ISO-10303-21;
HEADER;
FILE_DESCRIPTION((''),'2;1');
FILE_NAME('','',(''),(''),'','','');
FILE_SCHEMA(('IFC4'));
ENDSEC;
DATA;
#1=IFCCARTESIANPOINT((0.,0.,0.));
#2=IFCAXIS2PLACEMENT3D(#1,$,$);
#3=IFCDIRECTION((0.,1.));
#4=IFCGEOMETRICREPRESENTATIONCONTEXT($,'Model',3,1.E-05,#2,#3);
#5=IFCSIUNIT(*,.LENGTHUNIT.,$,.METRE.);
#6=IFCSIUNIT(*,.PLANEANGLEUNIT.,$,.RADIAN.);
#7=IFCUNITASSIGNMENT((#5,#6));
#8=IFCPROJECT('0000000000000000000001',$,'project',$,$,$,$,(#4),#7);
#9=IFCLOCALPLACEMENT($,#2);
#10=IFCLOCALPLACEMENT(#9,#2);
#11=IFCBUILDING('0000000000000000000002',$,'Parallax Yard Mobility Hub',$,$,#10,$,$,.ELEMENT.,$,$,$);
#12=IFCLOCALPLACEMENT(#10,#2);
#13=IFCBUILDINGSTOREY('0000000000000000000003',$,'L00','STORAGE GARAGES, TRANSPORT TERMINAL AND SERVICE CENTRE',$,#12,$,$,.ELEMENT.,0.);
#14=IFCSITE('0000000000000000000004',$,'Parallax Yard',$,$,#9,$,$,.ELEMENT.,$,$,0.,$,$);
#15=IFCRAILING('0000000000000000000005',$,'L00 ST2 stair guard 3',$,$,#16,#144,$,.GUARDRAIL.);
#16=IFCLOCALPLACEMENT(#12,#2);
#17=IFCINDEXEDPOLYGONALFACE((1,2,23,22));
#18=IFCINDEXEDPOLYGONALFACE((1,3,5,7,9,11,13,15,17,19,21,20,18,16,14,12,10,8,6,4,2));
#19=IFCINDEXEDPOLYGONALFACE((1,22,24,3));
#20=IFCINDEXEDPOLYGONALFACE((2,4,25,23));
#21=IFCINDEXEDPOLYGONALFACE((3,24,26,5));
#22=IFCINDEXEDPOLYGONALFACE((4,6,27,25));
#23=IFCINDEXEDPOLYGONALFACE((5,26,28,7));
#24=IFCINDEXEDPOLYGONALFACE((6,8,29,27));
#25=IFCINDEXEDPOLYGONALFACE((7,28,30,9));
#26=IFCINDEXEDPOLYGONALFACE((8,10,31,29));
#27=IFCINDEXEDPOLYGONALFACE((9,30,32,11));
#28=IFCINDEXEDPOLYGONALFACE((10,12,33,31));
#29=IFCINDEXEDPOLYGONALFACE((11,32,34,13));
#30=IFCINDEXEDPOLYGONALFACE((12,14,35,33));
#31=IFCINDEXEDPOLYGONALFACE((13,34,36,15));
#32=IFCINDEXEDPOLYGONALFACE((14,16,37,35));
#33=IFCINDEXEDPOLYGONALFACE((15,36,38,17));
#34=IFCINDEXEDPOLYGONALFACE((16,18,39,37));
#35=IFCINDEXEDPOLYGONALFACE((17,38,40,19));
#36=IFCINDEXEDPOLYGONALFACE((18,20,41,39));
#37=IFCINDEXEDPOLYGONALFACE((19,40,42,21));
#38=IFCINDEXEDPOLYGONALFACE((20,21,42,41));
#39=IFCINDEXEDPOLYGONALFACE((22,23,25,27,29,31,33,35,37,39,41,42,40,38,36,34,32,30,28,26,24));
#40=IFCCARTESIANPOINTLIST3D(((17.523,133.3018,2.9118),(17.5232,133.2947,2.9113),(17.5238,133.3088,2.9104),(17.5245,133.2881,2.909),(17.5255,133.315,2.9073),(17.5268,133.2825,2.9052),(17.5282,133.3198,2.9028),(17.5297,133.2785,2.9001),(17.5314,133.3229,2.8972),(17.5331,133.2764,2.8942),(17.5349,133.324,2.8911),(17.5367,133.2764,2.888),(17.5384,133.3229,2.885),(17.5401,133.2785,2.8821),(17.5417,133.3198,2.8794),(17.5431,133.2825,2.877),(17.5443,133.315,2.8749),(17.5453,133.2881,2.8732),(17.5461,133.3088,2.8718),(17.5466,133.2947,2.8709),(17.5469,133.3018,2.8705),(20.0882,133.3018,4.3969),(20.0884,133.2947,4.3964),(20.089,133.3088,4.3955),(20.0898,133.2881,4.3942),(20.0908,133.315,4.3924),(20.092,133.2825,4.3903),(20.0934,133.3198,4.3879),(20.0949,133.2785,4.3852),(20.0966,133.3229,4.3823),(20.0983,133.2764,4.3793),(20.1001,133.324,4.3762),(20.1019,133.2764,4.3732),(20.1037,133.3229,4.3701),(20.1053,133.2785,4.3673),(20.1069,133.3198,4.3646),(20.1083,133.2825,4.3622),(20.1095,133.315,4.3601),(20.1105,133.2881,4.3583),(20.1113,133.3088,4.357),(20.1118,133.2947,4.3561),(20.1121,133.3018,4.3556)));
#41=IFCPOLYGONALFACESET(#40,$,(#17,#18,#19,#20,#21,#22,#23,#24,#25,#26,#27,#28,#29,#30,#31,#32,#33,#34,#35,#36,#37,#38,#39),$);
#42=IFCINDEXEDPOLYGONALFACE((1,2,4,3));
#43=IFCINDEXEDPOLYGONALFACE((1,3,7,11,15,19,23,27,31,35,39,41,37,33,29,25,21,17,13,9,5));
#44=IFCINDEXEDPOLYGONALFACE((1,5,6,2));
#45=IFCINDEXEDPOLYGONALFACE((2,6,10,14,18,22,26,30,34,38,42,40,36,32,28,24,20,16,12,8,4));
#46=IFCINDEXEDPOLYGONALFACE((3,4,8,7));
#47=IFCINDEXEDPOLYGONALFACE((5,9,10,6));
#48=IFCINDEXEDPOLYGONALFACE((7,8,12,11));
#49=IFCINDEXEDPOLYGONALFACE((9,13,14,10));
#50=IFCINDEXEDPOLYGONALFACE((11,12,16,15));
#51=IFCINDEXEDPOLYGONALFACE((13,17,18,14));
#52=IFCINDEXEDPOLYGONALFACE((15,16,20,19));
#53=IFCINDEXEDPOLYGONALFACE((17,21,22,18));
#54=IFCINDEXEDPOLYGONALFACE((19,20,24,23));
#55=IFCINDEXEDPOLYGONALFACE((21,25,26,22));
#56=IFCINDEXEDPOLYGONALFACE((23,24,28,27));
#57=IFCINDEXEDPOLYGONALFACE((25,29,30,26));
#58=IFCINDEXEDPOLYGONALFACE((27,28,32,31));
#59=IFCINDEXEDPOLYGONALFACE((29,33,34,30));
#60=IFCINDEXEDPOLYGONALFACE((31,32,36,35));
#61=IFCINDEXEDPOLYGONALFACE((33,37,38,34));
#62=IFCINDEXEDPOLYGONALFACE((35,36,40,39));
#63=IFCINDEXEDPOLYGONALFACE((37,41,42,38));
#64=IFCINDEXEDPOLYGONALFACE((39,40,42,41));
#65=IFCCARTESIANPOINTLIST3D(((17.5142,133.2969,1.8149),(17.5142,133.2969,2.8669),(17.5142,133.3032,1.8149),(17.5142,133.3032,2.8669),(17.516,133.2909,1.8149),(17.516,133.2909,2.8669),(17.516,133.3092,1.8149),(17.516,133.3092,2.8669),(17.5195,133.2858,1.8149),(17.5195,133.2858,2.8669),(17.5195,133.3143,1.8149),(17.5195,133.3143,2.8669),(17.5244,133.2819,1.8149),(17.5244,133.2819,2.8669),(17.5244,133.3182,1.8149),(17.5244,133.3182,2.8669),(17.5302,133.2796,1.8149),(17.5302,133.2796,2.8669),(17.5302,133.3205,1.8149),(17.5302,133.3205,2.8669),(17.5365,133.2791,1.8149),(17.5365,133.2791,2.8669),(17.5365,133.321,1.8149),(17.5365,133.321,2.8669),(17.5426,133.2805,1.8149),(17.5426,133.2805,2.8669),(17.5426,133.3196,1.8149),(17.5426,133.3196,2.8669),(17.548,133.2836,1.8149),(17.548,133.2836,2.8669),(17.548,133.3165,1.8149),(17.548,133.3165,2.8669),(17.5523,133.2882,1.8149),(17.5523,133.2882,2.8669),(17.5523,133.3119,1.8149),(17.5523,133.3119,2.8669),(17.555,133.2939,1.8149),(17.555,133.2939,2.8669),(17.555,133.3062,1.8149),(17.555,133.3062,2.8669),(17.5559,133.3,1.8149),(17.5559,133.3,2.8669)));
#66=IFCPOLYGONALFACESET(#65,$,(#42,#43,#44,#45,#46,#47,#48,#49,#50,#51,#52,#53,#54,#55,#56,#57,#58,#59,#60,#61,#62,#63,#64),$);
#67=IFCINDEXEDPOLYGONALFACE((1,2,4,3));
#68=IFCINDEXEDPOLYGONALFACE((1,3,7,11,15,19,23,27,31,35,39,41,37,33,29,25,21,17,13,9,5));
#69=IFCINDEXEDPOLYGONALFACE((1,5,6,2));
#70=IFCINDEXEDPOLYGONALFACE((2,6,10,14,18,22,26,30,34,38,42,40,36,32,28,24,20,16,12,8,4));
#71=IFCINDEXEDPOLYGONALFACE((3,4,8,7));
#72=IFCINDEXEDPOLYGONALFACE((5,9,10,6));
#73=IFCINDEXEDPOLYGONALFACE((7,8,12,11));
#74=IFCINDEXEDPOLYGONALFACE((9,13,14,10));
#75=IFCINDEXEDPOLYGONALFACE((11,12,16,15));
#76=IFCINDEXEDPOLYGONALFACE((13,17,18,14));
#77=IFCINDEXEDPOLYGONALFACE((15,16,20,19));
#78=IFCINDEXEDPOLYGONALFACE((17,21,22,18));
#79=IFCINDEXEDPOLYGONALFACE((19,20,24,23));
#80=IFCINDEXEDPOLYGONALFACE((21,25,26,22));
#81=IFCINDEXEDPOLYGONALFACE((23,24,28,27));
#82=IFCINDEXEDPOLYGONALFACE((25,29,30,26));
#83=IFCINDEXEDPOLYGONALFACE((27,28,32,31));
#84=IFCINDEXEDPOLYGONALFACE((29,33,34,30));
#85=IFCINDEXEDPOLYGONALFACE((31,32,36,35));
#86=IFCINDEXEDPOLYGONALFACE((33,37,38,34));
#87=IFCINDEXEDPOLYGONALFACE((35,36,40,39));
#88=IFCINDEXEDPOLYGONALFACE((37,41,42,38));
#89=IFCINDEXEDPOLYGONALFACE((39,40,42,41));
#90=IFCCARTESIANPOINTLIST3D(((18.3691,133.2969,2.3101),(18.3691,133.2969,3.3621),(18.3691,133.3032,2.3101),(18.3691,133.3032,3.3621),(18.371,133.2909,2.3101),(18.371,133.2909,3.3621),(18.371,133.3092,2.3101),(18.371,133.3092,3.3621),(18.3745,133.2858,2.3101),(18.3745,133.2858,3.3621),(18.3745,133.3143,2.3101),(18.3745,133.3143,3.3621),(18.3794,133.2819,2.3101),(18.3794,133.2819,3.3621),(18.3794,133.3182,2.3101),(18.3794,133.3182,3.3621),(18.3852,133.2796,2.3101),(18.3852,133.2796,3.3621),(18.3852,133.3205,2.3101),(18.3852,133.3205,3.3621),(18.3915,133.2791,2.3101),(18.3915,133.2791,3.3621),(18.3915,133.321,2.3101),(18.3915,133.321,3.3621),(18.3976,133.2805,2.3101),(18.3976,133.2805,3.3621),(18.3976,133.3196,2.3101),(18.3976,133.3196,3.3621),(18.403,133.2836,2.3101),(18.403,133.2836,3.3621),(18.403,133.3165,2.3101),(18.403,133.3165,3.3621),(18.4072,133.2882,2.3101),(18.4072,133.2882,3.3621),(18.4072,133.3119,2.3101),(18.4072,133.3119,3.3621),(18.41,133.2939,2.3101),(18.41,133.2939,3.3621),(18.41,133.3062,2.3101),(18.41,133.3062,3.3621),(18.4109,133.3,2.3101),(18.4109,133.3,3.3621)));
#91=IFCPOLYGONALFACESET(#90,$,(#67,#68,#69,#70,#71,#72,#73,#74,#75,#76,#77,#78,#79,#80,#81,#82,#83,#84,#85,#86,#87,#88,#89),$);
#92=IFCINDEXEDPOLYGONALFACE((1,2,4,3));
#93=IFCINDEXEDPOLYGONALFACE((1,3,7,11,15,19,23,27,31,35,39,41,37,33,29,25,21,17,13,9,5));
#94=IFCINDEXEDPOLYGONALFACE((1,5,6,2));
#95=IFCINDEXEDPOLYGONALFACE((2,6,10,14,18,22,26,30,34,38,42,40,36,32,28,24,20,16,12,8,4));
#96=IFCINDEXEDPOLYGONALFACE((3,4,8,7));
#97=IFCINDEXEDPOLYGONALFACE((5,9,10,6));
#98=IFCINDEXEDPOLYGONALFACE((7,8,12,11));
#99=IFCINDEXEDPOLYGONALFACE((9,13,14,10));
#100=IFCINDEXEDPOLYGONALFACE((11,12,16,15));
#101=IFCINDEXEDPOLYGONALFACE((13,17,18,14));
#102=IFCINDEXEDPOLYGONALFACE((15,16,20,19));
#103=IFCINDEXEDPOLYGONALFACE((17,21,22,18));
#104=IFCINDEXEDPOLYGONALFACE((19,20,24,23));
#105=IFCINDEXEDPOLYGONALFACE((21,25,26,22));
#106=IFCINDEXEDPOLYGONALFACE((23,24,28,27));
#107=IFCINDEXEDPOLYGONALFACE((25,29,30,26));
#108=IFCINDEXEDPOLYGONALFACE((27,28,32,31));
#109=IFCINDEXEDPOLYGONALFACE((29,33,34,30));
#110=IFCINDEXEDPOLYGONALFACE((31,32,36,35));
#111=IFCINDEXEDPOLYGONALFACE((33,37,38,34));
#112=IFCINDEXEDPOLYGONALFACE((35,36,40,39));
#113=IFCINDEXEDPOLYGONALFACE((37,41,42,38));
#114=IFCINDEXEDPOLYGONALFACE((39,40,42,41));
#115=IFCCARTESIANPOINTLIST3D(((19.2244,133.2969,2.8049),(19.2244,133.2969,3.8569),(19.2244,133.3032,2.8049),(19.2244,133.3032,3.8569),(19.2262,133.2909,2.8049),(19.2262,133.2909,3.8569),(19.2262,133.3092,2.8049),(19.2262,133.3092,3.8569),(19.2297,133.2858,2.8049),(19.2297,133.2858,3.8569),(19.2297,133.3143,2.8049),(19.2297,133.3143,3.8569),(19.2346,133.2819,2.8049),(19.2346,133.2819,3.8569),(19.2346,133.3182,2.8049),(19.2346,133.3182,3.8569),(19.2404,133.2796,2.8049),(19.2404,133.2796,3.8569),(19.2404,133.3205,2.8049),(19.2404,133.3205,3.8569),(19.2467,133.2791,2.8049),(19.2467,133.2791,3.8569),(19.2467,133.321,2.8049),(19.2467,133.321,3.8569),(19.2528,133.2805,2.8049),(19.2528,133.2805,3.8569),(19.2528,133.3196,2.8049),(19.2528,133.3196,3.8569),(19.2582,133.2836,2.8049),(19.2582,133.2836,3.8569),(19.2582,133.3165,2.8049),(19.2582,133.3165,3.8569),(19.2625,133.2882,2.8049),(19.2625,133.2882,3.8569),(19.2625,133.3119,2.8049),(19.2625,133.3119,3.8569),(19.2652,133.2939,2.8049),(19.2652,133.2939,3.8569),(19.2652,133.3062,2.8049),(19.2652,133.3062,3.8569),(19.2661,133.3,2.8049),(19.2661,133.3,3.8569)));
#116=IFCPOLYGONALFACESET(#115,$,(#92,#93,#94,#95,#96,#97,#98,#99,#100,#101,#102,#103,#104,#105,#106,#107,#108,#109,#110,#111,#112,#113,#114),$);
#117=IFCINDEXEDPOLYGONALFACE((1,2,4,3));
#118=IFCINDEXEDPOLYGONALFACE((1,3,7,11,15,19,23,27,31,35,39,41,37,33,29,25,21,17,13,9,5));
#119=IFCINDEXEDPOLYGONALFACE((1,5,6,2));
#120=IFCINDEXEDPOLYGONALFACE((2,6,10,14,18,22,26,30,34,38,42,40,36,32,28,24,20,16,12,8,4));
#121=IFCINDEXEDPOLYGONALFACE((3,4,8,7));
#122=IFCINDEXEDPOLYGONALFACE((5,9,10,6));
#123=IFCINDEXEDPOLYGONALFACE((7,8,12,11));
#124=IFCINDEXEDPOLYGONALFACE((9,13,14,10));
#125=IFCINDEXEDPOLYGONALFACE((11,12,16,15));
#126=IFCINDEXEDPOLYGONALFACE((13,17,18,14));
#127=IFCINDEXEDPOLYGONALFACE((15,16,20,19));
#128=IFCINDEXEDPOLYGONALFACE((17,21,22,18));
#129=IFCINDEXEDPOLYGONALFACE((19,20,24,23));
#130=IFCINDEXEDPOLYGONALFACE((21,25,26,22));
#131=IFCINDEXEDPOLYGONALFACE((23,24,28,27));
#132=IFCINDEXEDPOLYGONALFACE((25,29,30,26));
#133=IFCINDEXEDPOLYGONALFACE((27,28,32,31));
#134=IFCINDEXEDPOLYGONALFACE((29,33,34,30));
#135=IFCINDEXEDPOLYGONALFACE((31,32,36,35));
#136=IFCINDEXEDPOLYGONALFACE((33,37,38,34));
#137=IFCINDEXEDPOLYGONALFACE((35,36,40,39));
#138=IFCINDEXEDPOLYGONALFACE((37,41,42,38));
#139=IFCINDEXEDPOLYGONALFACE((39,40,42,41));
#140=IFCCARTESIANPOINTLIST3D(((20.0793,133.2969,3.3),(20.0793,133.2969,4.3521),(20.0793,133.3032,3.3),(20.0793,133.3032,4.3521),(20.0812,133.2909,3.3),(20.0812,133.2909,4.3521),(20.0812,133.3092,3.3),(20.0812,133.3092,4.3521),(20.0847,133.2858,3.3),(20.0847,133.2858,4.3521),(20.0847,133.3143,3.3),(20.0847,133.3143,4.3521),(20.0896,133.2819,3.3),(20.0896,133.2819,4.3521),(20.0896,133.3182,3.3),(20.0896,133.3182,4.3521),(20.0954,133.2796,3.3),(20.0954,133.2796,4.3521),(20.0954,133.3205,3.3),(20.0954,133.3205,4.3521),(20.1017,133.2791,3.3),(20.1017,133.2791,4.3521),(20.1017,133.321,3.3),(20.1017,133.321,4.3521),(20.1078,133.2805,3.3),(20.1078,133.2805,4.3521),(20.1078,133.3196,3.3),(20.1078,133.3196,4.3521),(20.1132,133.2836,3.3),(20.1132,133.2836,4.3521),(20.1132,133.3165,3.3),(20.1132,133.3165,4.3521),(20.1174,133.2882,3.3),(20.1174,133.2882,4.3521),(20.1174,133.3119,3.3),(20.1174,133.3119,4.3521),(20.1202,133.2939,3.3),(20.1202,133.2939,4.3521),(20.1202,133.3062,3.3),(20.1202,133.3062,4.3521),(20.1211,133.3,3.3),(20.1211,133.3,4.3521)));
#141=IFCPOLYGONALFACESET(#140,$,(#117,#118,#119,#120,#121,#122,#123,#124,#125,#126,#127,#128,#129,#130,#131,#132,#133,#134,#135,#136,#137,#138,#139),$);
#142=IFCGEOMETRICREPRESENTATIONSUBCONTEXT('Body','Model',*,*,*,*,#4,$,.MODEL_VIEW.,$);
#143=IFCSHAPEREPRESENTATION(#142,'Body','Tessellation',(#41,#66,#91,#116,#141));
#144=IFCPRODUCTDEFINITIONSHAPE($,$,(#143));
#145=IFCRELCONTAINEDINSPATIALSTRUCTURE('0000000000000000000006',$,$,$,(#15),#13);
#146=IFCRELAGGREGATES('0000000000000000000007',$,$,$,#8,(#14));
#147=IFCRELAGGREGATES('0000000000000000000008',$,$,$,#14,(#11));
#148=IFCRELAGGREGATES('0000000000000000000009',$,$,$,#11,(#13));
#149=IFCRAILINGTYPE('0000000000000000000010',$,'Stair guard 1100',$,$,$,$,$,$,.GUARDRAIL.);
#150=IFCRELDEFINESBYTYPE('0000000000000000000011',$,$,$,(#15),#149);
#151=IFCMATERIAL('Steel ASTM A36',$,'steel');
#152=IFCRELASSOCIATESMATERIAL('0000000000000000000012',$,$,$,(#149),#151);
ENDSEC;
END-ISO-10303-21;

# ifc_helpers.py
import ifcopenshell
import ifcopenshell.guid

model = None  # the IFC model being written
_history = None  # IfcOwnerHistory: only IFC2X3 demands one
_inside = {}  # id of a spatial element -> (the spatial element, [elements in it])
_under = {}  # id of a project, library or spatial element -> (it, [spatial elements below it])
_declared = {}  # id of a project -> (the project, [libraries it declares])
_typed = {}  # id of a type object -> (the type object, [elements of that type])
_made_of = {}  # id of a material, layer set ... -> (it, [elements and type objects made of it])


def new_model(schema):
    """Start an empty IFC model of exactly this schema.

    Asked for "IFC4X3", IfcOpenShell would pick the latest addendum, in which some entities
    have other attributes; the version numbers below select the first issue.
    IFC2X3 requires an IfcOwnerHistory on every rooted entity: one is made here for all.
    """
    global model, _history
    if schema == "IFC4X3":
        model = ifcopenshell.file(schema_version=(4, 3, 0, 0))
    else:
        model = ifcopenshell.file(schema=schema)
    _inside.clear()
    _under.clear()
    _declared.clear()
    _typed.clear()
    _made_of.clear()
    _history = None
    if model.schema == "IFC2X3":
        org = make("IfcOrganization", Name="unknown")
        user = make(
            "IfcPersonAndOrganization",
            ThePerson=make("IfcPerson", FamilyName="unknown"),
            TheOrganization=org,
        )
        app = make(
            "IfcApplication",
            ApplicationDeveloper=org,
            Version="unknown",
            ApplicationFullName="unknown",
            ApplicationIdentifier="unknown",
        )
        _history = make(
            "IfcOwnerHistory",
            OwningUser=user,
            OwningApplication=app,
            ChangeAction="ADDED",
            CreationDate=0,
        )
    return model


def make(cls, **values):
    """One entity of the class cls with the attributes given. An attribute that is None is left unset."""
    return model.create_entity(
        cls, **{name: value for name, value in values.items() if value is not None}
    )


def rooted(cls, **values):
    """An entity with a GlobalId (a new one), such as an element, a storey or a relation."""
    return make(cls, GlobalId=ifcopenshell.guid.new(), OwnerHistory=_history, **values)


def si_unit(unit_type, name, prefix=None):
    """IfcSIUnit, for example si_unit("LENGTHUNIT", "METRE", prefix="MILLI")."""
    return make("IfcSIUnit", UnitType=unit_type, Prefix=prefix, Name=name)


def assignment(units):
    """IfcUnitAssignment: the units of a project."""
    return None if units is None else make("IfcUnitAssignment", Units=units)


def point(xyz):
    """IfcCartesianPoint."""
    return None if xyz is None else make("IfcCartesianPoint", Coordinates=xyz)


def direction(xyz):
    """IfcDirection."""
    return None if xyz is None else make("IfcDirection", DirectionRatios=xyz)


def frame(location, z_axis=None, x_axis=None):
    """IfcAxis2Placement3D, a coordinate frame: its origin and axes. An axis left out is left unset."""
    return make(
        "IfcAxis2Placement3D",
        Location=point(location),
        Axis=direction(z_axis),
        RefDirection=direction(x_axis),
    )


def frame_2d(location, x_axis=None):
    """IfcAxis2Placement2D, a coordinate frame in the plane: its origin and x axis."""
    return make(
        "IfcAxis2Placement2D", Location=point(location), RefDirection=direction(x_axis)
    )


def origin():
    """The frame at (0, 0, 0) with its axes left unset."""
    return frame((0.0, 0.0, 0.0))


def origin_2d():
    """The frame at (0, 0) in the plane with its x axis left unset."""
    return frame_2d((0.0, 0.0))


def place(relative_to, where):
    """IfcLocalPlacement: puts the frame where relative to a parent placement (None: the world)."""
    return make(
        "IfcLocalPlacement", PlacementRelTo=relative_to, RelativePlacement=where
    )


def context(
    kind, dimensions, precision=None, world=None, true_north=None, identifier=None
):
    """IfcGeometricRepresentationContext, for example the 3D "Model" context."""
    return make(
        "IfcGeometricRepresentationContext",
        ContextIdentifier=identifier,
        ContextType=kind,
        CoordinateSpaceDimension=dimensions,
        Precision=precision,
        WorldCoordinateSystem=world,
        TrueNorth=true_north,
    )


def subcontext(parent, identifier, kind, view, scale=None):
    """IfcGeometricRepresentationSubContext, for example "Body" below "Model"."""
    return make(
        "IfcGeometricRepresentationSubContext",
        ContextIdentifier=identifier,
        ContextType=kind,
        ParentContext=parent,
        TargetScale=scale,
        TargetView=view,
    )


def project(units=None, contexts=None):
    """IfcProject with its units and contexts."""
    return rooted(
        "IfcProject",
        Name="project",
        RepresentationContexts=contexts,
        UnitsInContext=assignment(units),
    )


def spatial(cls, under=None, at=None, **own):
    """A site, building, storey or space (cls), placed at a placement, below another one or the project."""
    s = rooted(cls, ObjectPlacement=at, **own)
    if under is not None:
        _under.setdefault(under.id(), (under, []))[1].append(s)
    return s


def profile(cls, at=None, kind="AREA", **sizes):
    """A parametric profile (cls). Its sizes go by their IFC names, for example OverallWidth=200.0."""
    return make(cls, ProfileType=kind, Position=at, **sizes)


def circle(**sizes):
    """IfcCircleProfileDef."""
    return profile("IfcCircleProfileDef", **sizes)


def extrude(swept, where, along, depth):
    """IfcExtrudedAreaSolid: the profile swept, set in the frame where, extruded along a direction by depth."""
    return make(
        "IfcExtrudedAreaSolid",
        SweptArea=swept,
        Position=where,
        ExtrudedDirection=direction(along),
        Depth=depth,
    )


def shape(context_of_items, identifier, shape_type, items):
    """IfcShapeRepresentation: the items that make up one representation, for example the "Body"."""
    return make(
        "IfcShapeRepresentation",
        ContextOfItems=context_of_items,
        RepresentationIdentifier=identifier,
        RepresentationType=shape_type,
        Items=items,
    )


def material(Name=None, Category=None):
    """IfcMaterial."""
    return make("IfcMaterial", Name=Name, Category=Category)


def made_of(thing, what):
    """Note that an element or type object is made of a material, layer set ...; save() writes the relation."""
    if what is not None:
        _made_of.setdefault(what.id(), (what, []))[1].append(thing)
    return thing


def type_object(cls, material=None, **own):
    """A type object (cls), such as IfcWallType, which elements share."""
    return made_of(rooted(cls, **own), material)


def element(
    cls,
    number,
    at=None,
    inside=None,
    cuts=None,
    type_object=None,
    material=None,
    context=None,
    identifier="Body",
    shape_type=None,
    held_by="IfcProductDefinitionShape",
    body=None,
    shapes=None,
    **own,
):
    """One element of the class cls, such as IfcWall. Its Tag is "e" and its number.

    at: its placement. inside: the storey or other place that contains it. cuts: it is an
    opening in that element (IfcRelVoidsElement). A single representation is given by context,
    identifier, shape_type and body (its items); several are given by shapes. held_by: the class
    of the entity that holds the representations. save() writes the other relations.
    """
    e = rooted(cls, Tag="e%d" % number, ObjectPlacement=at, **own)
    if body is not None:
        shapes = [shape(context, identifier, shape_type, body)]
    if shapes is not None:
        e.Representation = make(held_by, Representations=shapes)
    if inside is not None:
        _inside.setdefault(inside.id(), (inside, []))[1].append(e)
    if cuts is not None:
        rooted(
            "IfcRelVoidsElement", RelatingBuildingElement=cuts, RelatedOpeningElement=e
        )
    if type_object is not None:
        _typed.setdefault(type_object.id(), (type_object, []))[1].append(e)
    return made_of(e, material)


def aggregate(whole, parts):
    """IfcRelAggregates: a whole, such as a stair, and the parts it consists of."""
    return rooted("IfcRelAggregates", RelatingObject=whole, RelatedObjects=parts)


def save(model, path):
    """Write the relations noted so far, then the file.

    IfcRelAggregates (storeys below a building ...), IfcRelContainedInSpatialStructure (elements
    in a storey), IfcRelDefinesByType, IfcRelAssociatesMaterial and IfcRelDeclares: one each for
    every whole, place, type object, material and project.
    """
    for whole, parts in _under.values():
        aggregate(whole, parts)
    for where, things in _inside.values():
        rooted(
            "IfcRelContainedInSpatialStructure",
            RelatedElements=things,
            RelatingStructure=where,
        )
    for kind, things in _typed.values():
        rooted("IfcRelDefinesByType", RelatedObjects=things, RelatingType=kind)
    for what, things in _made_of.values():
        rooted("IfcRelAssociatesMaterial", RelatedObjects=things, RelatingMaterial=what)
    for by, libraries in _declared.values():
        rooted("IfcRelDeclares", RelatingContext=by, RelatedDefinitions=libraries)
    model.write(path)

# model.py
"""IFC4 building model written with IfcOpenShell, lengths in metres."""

from ifc_helpers import new_model, si_unit, direction, frame, origin, origin_2d, place, context, subcontext, project, spatial, circle, extrude, material, type_object, element, save


model = new_model("IFC4")

# Units and contexts
model_context = context("Model", 3, precision=1e-05, world=origin(), true_north=direction((0.0, 1.0)))
body_context = subcontext(model_context, "Body", "Model", "MODEL_VIEW")
ifc_project = project(units=[si_unit("LENGTHUNIT", "METRE"), si_unit("PLANEANGLEUNIT", "RADIAN")], contexts=[model_context])

# Site, building, storey
site_placement = place(None, origin())
site = spatial("IfcSite", under=ifc_project, at=site_placement, Name="Parallax Yard", CompositionType="ELEMENT", RefElevation=0.0)
building_placement = place(site_placement, origin())
building = spatial("IfcBuilding", under=site, at=building_placement, Name="Parallax Yard Mobility Hub", CompositionType="ELEMENT")
storey_placement = place(building_placement, origin())
storey = spatial("IfcBuildingStorey", under=building, at=storey_placement, Name="L00", Description="STORAGE GARAGES, TRANSPORT TERMINAL AND SERVICE CENTRE", CompositionType="ELEMENT", Elevation=0.0)

# Railing
ifc_material_1 = material(Name="Steel ASTM A36", Category="steel")
railing_type_1 = type_object("IfcRailingType", Name="Stair guard 1100", PredefinedType="GUARDRAIL", material=ifc_material_1)
railing_1_placement = place(storey_placement, frame((17.5349, 133.3, 1.8149)))
element("IfcRailing", 1, at=railing_1_placement, inside=storey, type_object=railing_type_1, Name="L00 ST2 stair guard 3", PredefinedType="GUARDRAIL", context=body_context, shape_type="SweptSolid", body=[
    extrude(circle(Radius=0.0239, at=origin_2d()), frame((0.0, 0.0, 1.0762), z_axis=(0.865426, 0.0, 0.501036), x_axis=(0.0, 1.0, 0.0)), (0.0, 0.0, 1.0), 2.9641),
    extrude(circle(Radius=0.021, at=origin_2d()), origin(), (0.0, 0.0, 1.0), 1.052),
    extrude(circle(Radius=0.021, at=origin_2d()), frame((0.855, 0.0, 0.4951)), (0.0, 0.0, 1.0), 1.052),
    extrude(circle(Radius=0.021, at=origin_2d()), frame((1.7102, 0.0, 0.99)), (0.0, 0.0, 1.0), 1.052),
    extrude(circle(Radius=0.021, at=origin_2d()), frame((2.5652, 0.0, 1.4851)), (0.0, 0.0, 1.0), 1.052),
])

save(model, "model.ifc")
